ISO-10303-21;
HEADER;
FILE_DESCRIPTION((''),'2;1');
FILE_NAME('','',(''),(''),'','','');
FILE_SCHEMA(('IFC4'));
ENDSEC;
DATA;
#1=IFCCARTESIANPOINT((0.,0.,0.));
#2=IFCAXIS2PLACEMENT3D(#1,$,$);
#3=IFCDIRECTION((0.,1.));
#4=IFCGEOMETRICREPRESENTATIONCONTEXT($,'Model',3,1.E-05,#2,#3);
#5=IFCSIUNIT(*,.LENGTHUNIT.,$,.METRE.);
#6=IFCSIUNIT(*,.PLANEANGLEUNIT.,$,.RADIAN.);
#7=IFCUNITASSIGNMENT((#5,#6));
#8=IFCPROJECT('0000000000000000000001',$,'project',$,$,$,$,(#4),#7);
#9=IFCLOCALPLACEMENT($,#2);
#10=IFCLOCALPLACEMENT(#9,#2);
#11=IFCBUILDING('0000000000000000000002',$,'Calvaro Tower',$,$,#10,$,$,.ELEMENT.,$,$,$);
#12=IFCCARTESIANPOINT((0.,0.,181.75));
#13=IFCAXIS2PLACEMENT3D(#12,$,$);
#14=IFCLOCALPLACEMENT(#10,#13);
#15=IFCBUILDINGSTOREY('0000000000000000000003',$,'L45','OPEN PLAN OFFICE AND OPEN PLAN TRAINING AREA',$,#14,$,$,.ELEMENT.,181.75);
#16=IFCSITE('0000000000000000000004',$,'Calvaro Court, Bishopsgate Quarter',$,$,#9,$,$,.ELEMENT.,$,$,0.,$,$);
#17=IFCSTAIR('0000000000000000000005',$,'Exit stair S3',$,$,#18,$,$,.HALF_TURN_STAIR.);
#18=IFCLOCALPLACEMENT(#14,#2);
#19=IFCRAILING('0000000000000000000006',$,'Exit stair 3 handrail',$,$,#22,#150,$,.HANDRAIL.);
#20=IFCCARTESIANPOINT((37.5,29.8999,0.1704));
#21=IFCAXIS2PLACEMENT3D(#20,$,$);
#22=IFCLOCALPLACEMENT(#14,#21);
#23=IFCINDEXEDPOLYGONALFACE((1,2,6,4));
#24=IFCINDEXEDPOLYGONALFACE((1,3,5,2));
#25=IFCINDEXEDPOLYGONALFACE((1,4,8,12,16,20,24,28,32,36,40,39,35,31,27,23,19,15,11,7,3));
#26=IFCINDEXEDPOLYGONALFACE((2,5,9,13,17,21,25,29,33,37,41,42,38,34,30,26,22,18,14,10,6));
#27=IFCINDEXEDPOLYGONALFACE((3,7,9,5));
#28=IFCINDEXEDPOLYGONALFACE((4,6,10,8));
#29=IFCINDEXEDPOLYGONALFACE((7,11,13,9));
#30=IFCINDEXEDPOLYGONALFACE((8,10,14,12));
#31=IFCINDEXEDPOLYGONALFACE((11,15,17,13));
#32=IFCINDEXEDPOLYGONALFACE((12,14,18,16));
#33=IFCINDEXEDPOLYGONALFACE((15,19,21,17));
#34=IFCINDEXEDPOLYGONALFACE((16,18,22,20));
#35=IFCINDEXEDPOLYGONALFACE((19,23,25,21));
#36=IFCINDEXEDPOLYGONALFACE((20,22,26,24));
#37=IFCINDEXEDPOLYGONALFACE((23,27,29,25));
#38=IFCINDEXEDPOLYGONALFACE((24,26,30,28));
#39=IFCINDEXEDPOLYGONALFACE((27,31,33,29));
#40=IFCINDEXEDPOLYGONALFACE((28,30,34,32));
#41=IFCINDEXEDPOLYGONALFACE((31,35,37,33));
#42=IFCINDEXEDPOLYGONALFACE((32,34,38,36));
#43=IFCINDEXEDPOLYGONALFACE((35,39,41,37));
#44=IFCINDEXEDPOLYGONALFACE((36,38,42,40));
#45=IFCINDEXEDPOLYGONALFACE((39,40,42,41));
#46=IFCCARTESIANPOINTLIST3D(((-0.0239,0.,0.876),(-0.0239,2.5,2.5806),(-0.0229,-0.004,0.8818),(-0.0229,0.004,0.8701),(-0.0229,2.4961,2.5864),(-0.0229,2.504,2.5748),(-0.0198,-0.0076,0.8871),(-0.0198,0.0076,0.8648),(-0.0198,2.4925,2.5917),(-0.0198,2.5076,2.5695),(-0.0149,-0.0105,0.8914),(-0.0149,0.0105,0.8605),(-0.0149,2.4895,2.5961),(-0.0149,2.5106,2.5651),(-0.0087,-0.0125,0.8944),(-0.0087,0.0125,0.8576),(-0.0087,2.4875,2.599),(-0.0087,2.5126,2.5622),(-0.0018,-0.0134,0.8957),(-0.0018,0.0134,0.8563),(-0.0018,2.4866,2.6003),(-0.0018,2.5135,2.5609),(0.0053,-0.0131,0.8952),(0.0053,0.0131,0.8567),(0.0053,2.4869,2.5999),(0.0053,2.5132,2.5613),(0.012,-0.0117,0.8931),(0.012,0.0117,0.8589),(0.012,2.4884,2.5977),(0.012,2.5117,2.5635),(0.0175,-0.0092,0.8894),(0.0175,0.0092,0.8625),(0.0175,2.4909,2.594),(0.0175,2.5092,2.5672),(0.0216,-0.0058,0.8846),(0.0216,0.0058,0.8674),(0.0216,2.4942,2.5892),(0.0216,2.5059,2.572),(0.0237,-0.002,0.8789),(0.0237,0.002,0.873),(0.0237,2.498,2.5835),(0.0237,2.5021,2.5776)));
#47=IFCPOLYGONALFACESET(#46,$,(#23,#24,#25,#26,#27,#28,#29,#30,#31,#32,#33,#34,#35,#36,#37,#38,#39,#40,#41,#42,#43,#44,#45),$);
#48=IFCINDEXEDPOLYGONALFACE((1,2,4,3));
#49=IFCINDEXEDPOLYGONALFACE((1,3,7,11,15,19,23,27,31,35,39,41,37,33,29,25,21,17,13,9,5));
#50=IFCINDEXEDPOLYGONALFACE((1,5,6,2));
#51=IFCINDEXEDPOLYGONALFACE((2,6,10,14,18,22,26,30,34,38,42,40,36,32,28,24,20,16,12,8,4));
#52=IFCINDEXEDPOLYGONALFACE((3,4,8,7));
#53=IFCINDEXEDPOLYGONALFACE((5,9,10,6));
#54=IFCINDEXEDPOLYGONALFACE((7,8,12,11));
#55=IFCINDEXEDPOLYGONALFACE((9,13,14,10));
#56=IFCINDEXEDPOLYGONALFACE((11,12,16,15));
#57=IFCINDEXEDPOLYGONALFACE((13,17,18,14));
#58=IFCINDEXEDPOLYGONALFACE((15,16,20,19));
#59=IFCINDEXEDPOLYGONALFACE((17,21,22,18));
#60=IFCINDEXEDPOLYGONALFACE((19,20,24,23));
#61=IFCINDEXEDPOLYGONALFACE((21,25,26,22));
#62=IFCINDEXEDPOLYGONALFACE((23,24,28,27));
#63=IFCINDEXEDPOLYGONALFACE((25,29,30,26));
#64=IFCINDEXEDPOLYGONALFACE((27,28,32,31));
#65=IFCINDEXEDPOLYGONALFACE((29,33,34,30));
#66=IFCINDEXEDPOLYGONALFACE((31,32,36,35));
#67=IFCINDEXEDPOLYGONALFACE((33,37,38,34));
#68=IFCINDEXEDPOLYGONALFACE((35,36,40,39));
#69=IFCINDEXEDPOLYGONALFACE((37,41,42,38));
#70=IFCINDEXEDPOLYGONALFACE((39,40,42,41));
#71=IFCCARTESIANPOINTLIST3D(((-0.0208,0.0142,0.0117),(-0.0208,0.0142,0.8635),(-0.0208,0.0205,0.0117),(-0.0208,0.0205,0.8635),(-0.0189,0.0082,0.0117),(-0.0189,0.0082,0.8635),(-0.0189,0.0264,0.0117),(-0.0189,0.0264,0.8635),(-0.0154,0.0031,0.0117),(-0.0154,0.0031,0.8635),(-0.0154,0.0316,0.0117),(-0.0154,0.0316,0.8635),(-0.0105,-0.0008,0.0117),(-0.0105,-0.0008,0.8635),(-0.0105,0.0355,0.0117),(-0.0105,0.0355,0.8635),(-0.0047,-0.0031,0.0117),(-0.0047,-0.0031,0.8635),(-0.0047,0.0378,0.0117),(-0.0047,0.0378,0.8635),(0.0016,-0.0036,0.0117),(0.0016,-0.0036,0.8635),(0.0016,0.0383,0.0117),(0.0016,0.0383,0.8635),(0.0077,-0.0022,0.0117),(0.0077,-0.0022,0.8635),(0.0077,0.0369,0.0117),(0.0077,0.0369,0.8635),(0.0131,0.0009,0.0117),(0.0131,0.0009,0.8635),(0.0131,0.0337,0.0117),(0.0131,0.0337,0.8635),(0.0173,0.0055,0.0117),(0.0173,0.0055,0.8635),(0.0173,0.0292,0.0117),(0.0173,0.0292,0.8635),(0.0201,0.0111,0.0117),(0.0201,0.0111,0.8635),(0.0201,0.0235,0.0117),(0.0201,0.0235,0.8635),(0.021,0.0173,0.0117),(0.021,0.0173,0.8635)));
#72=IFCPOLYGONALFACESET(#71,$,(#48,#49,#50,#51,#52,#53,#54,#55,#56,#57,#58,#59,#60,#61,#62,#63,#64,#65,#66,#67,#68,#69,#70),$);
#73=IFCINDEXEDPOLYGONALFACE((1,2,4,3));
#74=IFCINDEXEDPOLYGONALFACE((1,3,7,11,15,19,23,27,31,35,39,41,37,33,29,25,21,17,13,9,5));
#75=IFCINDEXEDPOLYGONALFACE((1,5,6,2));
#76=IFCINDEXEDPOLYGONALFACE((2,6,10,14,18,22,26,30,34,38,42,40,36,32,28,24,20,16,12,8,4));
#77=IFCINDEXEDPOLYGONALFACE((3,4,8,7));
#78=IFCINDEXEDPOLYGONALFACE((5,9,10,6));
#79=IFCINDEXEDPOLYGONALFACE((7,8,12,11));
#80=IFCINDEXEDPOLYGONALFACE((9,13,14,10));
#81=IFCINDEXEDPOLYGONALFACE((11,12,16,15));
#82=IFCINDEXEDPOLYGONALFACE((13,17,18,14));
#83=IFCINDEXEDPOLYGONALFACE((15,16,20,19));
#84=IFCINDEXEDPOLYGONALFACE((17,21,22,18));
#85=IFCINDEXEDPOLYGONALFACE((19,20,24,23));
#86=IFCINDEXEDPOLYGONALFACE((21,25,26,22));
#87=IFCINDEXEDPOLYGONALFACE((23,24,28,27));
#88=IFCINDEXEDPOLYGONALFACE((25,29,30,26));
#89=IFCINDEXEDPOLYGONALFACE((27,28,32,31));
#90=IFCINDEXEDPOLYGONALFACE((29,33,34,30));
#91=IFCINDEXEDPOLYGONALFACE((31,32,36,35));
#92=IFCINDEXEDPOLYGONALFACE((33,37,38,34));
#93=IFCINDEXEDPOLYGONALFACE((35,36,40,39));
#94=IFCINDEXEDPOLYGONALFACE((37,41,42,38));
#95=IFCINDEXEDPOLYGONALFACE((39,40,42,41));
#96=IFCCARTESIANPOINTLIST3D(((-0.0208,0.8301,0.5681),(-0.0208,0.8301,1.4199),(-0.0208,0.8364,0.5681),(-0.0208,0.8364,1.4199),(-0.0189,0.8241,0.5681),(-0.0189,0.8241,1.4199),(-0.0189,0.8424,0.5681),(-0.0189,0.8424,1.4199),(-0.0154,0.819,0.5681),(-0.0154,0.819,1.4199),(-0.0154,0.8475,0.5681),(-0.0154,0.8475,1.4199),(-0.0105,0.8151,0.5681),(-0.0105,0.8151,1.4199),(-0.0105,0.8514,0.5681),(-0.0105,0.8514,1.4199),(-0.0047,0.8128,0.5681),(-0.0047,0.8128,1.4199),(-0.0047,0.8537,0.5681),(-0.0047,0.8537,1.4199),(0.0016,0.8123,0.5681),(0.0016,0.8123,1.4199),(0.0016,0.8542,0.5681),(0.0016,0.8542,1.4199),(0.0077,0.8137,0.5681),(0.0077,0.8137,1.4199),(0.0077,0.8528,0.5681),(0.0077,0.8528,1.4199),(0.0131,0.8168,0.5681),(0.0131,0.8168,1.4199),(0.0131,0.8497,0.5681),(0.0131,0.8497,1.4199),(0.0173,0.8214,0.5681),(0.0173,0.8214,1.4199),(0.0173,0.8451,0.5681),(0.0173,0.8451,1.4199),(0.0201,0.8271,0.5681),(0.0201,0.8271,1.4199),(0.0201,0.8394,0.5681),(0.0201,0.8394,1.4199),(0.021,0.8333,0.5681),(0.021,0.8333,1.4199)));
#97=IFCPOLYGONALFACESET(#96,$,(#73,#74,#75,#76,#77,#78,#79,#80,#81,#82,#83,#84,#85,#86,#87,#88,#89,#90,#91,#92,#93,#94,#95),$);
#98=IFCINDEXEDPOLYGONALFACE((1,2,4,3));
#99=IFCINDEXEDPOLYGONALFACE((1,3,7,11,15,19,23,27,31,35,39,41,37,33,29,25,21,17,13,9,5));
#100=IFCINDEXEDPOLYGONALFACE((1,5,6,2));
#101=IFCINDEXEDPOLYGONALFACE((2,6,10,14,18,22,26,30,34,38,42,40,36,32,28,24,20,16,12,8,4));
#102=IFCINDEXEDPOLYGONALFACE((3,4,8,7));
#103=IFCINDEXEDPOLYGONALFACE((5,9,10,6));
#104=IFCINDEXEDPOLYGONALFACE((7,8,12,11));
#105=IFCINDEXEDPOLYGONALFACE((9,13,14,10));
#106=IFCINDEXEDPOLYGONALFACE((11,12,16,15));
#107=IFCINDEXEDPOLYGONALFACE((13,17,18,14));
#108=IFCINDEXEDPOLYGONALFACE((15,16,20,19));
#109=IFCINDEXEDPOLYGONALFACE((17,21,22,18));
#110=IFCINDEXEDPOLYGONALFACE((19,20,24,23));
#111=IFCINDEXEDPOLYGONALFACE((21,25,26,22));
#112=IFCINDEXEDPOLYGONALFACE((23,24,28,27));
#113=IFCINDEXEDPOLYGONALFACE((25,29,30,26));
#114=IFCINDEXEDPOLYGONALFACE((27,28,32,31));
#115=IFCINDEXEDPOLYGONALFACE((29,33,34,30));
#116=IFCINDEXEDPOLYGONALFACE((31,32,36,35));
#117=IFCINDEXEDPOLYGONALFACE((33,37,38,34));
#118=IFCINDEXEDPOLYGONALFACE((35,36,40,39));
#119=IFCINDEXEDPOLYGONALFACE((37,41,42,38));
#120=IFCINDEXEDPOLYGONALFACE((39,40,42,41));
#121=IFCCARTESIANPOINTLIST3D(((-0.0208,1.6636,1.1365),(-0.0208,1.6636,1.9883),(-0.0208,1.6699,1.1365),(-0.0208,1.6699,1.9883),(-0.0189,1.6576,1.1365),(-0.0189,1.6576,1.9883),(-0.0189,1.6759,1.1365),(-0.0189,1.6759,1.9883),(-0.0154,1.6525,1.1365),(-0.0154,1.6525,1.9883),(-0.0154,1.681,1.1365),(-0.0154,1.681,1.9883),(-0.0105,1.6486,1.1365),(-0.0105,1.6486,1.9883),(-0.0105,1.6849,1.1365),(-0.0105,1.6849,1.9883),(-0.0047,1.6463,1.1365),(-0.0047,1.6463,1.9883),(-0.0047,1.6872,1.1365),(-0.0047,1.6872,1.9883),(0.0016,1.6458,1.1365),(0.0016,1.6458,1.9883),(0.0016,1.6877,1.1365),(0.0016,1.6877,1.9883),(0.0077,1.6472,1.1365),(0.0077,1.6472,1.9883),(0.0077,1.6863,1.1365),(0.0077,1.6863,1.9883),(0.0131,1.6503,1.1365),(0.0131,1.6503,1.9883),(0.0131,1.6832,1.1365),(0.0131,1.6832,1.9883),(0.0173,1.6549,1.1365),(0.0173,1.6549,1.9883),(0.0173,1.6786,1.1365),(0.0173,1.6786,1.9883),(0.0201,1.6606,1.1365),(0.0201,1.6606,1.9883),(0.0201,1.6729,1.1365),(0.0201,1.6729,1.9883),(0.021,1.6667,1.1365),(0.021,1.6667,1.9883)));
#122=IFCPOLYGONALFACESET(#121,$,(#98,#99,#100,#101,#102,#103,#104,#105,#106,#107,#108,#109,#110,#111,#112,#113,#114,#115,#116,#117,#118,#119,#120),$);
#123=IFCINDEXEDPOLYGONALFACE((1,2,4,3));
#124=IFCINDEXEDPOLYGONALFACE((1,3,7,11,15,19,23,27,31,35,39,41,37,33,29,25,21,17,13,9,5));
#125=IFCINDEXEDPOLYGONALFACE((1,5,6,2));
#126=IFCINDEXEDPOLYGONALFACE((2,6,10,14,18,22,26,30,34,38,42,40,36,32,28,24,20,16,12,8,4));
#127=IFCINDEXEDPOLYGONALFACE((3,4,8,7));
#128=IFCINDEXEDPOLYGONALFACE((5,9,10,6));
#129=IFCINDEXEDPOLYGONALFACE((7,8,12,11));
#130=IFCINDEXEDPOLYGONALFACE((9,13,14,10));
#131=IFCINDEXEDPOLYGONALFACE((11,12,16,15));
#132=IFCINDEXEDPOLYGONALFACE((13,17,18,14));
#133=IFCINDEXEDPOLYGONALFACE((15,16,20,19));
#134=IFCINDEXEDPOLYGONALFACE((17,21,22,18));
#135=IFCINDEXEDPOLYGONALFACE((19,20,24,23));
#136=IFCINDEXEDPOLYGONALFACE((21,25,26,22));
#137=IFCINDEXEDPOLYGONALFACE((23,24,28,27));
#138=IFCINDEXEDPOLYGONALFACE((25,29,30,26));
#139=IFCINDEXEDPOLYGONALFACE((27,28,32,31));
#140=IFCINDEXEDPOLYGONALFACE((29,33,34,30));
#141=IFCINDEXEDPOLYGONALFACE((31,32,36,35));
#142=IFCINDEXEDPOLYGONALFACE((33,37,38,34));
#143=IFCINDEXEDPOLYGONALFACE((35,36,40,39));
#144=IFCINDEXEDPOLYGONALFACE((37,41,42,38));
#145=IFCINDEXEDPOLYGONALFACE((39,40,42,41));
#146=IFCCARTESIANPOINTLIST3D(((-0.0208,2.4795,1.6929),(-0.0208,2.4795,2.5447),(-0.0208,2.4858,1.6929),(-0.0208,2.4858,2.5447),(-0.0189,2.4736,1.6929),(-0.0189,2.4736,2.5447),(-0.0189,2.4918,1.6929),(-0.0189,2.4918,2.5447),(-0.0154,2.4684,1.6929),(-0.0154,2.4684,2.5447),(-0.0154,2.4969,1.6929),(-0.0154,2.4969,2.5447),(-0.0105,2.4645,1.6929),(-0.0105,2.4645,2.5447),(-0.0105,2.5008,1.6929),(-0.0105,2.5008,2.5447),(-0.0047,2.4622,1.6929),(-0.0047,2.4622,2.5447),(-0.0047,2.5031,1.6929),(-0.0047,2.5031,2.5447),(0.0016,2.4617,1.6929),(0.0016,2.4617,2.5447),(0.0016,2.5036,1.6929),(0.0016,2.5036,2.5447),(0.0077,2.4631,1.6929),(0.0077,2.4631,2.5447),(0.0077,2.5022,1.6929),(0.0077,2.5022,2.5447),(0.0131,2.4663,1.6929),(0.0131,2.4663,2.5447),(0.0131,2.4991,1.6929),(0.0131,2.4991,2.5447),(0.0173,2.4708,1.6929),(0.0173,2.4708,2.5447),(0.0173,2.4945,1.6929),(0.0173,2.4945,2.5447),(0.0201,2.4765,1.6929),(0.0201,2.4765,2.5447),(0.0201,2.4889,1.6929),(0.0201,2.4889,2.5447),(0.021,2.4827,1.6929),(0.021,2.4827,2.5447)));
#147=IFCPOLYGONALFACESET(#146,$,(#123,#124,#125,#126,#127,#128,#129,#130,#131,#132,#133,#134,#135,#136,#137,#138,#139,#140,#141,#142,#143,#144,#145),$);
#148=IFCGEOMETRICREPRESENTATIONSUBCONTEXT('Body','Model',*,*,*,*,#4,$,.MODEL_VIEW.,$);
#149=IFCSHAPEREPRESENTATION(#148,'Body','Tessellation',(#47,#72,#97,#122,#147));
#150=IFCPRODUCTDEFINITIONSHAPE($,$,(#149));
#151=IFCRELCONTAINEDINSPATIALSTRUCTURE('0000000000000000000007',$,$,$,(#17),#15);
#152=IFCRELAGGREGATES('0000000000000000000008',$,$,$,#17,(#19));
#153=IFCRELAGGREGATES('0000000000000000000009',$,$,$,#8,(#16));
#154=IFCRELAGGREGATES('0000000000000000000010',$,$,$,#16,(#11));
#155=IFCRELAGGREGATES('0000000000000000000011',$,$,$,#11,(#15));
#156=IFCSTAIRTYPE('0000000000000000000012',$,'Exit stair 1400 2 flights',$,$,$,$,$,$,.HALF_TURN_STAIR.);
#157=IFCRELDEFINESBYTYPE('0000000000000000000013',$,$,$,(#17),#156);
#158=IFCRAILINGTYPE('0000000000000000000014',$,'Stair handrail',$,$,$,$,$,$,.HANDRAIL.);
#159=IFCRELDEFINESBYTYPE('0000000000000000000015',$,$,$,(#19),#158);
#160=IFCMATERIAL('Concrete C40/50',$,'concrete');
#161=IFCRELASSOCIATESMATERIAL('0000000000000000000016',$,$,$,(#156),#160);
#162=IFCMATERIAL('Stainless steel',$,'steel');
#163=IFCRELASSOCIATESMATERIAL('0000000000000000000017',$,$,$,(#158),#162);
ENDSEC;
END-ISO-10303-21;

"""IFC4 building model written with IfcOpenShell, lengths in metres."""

from ifc_helpers import new_model, si_unit, direction, frame, origin, origin_2d, place, context, subcontext, project, spatial, circle, extrude, material, type_object, element, aggregate, save


model = new_model("IFC4")

# Units and contexts
model_context = context("Model", 3, precision=1e-05, world=origin(), true_north=direction((0.0, 1.0)))
body_context = subcontext(model_context, "Body", "Model", "MODEL_VIEW")
ifc_project = project(units=[si_unit("LENGTHUNIT", "METRE"), si_unit("PLANEANGLEUNIT", "RADIAN")], contexts=[model_context])

# Site, building, storey
site_placement = place(None, origin())
site = spatial("IfcSite", under=ifc_project, at=site_placement, Name="Calvaro Court, Bishopsgate Quarter", CompositionType="ELEMENT", RefElevation=0.0)
building_placement = place(site_placement, origin())
building = spatial("IfcBuilding", under=site, at=building_placement, Name="Calvaro Tower", CompositionType="ELEMENT")
storey_placement = place(building_placement, frame((0.0, 0.0, 181.75)))
storey = spatial("IfcBuildingStorey", under=building, at=storey_placement, Name="L45", Description="OPEN PLAN OFFICE AND OPEN PLAN TRAINING AREA", CompositionType="ELEMENT", Elevation=181.75)

# Stair, railing
ifc_material_1 = material(Name="Concrete C40/50", Category="concrete")
stair_type = type_object("IfcStairType", Name="Exit stair 1400 2 flights", PredefinedType="HALF_TURN_STAIR", material=ifc_material_1)
stair_placement = place(storey_placement, origin())
stair = element("IfcStair", 1, at=stair_placement, inside=storey, type_object=stair_type, Name="Exit stair S3", PredefinedType="HALF_TURN_STAIR")
ifc_material_2 = material(Name="Stainless steel", Category="steel")
railing_type = type_object("IfcRailingType", Name="Stair handrail", PredefinedType="HANDRAIL", material=ifc_material_2)
railing_1_placement = place(storey_placement, frame((37.5, 29.8999, 0.1704)))
railing_1 = element("IfcRailing", 2, at=railing_1_placement, type_object=railing_type, Name="Exit stair 3 handrail", PredefinedType="HANDRAIL", context=body_context, shape_type="SweptSolid", body=[
    extrude(circle(Radius=0.0239, at=origin_2d()), frame((0.0, 0.0, 0.876), z_axis=(0.0, 0.826221, 0.563347), x_axis=(-1.0, 0.0, 0.0)), (0.0, 0.0, 1.0), 3.0259),
    extrude(circle(Radius=0.021, at=origin_2d()), frame((0.0, 0.0173, 0.0117)), (0.0, 0.0, 1.0), 0.8518),
    extrude(circle(Radius=0.021, at=origin_2d()), frame((0.0, 0.8333, 0.5681)), (0.0, 0.0, 1.0), 0.8518),
    extrude(circle(Radius=0.021, at=origin_2d()), frame((0.0, 1.6667, 1.1365)), (0.0, 0.0, 1.0), 0.8518),
    extrude(circle(Radius=0.021, at=origin_2d()), frame((0.0, 2.4827, 1.6929)), (0.0, 0.0, 1.0), 0.8518),
])
aggregate(stair, [railing_1])

save(model, "model.ifc")
